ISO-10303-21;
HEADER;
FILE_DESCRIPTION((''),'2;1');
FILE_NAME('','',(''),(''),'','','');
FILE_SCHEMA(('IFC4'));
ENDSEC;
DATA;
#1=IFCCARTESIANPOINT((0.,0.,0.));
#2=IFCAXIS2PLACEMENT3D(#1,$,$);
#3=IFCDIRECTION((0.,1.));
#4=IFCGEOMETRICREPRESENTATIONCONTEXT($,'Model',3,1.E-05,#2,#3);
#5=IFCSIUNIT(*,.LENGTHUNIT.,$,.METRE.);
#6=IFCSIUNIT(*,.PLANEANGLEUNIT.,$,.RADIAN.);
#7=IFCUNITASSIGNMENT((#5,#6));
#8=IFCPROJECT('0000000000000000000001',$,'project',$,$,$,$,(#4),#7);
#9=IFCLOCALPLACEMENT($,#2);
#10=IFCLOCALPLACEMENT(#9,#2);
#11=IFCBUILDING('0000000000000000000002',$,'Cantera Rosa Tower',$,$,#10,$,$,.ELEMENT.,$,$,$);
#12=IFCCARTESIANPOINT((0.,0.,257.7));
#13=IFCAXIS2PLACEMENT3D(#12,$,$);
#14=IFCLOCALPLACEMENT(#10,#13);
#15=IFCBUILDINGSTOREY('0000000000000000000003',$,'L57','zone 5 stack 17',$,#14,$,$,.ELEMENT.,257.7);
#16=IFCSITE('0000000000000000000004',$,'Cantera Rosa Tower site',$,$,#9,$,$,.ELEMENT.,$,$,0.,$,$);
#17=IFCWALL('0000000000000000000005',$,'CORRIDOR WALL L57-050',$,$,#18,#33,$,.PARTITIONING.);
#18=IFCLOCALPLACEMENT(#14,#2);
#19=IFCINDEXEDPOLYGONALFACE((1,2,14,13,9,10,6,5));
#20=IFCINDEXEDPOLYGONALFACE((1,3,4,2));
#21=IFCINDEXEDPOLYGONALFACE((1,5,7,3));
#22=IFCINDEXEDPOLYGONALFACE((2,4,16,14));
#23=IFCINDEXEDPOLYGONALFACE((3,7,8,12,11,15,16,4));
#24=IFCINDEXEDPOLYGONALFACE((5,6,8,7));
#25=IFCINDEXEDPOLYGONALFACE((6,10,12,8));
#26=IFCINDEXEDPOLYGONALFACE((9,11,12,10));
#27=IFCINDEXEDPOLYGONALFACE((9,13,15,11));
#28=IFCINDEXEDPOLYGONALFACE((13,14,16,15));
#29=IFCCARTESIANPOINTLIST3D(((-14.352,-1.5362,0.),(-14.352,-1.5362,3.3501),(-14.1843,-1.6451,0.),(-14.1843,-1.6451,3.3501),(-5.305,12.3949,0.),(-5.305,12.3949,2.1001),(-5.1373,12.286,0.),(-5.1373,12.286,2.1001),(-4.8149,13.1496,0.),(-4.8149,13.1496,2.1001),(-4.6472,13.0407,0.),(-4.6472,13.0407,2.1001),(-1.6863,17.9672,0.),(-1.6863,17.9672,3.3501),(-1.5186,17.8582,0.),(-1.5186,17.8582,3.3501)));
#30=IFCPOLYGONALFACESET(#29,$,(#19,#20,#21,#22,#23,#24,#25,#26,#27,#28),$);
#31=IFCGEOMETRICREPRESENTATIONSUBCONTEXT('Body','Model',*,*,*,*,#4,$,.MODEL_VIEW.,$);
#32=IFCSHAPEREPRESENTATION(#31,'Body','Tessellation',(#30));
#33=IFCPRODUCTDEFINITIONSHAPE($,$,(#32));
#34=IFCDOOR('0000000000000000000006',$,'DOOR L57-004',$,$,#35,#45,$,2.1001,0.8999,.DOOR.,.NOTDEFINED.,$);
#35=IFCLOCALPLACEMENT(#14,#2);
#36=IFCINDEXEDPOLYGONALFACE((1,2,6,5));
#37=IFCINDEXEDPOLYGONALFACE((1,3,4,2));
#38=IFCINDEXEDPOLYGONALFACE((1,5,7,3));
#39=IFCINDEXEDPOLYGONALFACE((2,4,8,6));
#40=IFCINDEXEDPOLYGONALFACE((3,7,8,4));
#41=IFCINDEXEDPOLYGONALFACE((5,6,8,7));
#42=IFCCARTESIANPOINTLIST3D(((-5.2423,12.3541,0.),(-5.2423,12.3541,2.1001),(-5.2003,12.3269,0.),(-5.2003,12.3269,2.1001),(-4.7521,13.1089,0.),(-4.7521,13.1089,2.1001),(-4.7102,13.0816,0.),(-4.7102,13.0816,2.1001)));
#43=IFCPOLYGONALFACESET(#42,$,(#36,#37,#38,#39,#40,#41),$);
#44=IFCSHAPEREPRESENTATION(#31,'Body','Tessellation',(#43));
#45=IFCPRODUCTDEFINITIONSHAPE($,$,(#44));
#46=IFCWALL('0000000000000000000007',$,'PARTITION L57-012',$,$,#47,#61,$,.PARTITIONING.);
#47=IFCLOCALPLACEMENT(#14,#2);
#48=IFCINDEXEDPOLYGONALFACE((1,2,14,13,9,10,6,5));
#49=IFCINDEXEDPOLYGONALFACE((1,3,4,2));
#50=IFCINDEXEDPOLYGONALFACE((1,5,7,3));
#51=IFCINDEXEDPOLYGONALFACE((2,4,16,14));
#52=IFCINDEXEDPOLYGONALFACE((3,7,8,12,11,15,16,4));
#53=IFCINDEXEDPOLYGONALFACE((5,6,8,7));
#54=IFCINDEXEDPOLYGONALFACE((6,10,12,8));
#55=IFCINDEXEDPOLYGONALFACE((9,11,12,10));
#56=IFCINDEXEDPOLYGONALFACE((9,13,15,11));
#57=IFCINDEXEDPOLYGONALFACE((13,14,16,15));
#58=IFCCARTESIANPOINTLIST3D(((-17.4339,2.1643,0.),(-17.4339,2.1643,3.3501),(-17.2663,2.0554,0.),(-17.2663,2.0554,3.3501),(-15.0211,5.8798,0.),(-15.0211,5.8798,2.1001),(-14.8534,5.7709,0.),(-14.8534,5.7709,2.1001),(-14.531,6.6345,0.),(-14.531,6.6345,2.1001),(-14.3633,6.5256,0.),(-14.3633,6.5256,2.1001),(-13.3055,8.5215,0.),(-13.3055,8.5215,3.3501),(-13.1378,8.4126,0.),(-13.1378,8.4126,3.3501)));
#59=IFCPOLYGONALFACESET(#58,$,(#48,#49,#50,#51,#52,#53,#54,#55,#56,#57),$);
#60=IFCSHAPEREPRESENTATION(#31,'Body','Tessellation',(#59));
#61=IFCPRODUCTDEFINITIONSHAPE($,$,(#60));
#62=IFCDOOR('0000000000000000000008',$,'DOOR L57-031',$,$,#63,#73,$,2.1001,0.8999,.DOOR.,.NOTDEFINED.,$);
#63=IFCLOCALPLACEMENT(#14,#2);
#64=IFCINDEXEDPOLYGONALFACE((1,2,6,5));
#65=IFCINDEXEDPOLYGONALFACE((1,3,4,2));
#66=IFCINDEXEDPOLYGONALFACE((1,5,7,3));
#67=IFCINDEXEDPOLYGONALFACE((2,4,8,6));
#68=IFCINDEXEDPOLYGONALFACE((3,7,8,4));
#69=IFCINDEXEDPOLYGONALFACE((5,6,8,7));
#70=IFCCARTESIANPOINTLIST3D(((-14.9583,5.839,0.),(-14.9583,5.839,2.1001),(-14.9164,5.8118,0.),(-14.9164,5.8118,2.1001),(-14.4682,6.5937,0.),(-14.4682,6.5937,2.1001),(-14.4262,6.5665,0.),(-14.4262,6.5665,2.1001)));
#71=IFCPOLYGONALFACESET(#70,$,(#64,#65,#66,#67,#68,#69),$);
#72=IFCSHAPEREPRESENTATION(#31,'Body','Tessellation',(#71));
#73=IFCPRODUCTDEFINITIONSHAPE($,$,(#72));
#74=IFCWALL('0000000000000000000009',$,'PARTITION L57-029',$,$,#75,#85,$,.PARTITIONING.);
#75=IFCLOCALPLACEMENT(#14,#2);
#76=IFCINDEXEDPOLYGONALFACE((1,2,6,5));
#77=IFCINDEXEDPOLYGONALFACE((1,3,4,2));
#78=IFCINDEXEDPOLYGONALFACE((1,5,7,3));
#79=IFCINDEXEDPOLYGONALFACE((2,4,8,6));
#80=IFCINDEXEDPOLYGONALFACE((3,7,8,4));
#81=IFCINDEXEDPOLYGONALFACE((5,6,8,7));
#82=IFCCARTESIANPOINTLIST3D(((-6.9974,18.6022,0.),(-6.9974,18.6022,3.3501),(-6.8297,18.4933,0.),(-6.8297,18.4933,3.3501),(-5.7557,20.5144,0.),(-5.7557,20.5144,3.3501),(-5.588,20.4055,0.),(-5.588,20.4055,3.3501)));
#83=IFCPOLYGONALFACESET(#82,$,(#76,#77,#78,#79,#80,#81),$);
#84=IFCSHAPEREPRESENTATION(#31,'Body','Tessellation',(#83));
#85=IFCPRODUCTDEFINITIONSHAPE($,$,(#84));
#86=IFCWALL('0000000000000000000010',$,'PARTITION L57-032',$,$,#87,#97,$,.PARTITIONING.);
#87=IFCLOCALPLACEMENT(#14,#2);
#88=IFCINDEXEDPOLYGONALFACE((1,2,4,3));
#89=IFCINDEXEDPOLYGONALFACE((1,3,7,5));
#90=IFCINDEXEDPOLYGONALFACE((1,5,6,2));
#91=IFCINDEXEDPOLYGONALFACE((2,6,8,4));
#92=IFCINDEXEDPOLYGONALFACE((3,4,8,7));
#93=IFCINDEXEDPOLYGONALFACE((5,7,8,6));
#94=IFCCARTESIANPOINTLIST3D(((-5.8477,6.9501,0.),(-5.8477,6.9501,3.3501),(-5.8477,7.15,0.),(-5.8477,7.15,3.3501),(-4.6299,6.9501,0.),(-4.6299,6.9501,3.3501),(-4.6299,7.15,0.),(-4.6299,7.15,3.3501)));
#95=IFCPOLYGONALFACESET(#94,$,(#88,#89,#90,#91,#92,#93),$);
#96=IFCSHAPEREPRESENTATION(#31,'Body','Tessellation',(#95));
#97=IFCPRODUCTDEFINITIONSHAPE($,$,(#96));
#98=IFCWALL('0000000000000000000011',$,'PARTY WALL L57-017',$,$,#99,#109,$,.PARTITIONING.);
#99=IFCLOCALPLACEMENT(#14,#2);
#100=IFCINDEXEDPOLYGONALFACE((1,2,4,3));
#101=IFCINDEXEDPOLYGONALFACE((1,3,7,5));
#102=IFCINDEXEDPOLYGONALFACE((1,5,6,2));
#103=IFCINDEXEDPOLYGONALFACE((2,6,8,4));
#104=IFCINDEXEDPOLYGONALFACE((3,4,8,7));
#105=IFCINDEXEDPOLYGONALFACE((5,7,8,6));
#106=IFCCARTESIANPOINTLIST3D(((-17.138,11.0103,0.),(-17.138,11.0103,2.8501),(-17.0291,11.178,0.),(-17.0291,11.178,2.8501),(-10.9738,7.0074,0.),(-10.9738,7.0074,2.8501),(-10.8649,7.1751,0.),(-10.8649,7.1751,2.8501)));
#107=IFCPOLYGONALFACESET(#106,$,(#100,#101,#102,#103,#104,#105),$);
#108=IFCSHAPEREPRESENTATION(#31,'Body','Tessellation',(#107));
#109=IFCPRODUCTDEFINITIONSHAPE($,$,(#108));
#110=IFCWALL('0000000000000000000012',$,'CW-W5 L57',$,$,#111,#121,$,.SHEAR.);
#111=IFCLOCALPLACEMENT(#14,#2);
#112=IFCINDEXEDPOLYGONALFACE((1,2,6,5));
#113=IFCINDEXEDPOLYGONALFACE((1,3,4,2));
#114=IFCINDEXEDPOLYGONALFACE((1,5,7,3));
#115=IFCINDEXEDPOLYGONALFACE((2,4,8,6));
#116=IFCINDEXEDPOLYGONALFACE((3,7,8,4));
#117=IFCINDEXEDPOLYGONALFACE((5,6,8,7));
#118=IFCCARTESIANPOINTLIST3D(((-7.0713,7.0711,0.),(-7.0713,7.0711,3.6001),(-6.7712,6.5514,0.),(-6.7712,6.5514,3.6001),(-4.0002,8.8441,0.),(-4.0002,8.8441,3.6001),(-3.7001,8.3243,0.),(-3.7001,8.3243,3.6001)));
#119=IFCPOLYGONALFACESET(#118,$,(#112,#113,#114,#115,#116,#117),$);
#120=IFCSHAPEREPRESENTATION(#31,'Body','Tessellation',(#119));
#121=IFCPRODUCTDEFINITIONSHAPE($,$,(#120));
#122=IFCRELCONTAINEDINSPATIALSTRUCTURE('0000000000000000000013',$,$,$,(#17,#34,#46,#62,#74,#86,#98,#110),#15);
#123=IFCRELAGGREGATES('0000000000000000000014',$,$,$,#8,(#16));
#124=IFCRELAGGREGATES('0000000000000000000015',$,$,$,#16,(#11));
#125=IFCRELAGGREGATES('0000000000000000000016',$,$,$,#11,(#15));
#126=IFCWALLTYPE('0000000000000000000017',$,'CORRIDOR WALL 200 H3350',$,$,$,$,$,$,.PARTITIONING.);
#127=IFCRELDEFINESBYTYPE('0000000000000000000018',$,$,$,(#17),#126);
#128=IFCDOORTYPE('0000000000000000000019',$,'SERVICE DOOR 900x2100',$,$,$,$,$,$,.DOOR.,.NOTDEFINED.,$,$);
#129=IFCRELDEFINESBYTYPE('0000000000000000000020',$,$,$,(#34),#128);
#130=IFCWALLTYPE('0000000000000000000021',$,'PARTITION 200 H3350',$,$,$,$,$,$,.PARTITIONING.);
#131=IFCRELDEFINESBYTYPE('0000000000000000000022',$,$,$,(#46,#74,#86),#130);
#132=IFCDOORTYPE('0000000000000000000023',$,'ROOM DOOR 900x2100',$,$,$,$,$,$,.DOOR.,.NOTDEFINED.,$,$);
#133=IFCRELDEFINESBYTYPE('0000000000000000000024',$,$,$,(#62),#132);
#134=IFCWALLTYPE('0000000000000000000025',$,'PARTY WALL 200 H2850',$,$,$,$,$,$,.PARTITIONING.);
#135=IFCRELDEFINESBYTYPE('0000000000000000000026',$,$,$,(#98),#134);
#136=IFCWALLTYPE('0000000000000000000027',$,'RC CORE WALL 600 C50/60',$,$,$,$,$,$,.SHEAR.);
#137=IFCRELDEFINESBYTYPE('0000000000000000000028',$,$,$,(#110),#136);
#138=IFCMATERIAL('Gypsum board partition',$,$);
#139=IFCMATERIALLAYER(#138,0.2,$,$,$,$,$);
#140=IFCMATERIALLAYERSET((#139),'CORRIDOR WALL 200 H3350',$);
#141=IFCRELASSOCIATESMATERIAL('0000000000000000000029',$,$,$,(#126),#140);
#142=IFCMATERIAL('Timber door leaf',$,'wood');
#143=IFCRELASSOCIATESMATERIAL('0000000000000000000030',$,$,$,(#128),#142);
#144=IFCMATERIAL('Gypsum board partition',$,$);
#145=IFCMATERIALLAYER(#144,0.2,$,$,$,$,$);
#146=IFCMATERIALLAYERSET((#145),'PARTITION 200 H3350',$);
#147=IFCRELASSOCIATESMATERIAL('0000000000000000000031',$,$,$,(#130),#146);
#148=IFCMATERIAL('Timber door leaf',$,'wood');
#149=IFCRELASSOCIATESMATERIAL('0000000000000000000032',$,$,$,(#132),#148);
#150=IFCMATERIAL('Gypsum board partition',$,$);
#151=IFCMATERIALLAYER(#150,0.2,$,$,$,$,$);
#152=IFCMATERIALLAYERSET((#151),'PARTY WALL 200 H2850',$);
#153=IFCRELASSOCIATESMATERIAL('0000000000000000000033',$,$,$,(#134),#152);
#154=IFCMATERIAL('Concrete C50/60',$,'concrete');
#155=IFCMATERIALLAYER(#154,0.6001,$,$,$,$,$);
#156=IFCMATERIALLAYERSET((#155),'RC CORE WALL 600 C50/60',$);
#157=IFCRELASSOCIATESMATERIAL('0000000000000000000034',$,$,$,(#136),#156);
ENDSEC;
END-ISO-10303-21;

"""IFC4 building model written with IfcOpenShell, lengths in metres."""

from ifc_helpers import new_model, si_unit, direction, frame, frame_2d, origin, place, context, subcontext, project, spatial, rectangle, extrude, material, layer, layer_set, type_object, element, fill, save


model = new_model("IFC4")

# Units and contexts
model_context = context("Model", 3, precision=1e-05, world=origin(), true_north=direction((0.0, 1.0)))
body_context = subcontext(model_context, "Body", "Model", "MODEL_VIEW")
ifc_project = project(units=[si_unit("LENGTHUNIT", "METRE"), si_unit("PLANEANGLEUNIT", "RADIAN")], contexts=[model_context])

# Site, building, storey
site_placement = place(None, origin())
site = spatial("IfcSite", under=ifc_project, at=site_placement, Name="Cantera Rosa Tower site", CompositionType="ELEMENT", RefElevation=0.0)
building_placement = place(site_placement, origin())
building = spatial("IfcBuilding", under=site, at=building_placement, Name="Cantera Rosa Tower", CompositionType="ELEMENT")
storey_placement = place(building_placement, frame((0.0, 0.0, 257.7)))
storey = spatial("IfcBuildingStorey", under=building, at=storey_placement, Name="L57", Description="zone 5 stack 17", CompositionType="ELEMENT", Elevation=257.7)

# Shared definitions
ifc_material_1 = material(Name="Gypsum board partition")
ifc_layer_1 = layer(ifc_material_1, 0.2)
ifc_layer_set_1 = layer_set([ifc_layer_1], Name="CORRIDOR WALL 200 H3350")
wall_type_1 = type_object("IfcWallType", Name="CORRIDOR WALL 200 H3350", PredefinedType="PARTITIONING", material=ifc_layer_set_1)

# Walls, openings, doors
wall_1_placement = place(storey_placement, frame((-1.6025, 17.9126, 0.0), z_axis=(0.0, 0.0, 1.0), x_axis=(-0.544642, -0.838669, 0.0)))
wall_1 = element("IfcWall", 1, at=wall_1_placement, inside=storey, type_object=wall_type_1, Name="CORRIDOR WALL L57-050", PredefinedType="PARTITIONING", context=body_context, shape_type="SweptSolid", body=[
    extrude(rectangle(XDim=23.2551, YDim=0.2, at=frame_2d((11.6274, 0.0))), origin(), (0.0, 0.0, 1.0), 3.3501),
])
opening_1_placement = place(wall_1_placement, frame((5.7441, 0.0, 0.0)))
opening_1 = element("IfcOpeningElement", 2, at=opening_1_placement, cuts=wall_1, PredefinedType="OPENING", context=body_context, shape_type="SweptSolid", body=[
    extrude(rectangle(XDim=0.8999, YDim=2.1001, at=frame_2d((0.45, 1.05))), frame((0.0, 0.1099, 0.0), z_axis=(0.0, -1.0, 0.0), x_axis=(1.0, 0.0, 0.0)), (0.0, 0.0, 1.0), 0.22),
])
ifc_material_2 = material(Name="Timber door leaf", Category="wood")
door_type_1 = type_object("IfcDoorType", Name="SERVICE DOOR 900x2100", OperationType="NOTDEFINED", PredefinedType="DOOR", material=ifc_material_2)
door_1_placement = place(opening_1_placement, origin())
door_1 = element("IfcDoor", 3, at=door_1_placement, inside=storey, type_object=door_type_1, Name="DOOR L57-004", OperationType="NOTDEFINED", OverallHeight=2.1001, OverallWidth=0.8999, PredefinedType="DOOR", context=body_context, shape_type="SweptSolid", body=[
    extrude(rectangle(XDim=0.8999, YDim=2.1001, at=frame_2d((0.45, 1.05))), frame((0.0, 0.0249, 0.0), z_axis=(0.0, -1.0, 0.0), x_axis=(1.0, 0.0, 0.0)), (0.0, 0.0, 1.0), 0.05),
])
fill(opening_1, door_1)
ifc_material_3 = material(Name="Gypsum board partition")
ifc_layer_2 = layer(ifc_material_3, 0.2)
ifc_layer_set_2 = layer_set([ifc_layer_2], Name="PARTITION 200 H3350")
wall_type_2 = type_object("IfcWallType", Name="PARTITION 200 H3350", PredefinedType="PARTITIONING", material=ifc_layer_set_2)
wall_2_placement = place(storey_placement, frame((-13.2217, 8.467, 0.0), z_axis=(0.0, 0.0, 1.0), x_axis=(-0.544641, -0.838669, 0.0)))
wall_2 = element("IfcWall", 4, at=wall_2_placement, inside=storey, type_object=wall_type_2, Name="PARTITION L57-012", PredefinedType="PARTITIONING", context=body_context, shape_type="SweptSolid", body=[
    extrude(rectangle(XDim=7.5801, YDim=0.2, at=frame_2d((3.79, 0.0))), origin(), (0.0, 0.0, 1.0), 3.3501),
])
opening_2_placement = place(wall_2_placement, frame((2.25, 0.0, 0.0)))
opening_2 = element("IfcOpeningElement", 5, at=opening_2_placement, cuts=wall_2, PredefinedType="OPENING", context=body_context, shape_type="SweptSolid", body=[
    extrude(rectangle(XDim=0.8999, YDim=2.1001, at=frame_2d((0.45, 1.05))), frame((0.0, 0.1099, 0.0), z_axis=(0.0, -1.0, 0.0), x_axis=(1.0, 0.0, 0.0)), (0.0, 0.0, 1.0), 0.22),
])
ifc_material_4 = material(Name="Timber door leaf", Category="wood")
door_type_2 = type_object("IfcDoorType", Name="ROOM DOOR 900x2100", OperationType="NOTDEFINED", PredefinedType="DOOR", material=ifc_material_4)
door_2_placement = place(opening_2_placement, origin())
door_2 = element("IfcDoor", 6, at=door_2_placement, inside=storey, type_object=door_type_2, Name="DOOR L57-031", OperationType="NOTDEFINED", OverallHeight=2.1001, OverallWidth=0.8999, PredefinedType="DOOR", context=body_context, shape_type="SweptSolid", body=[
    extrude(rectangle(XDim=0.8999, YDim=2.1001, at=frame_2d((0.45, 1.05))), frame((0.0, 0.0249, 0.0), z_axis=(0.0, -1.0, 0.0), x_axis=(1.0, 0.0, 0.0)), (0.0, 0.0, 1.0), 0.05),
])
fill(opening_2, door_2)

# Walls
wall_3_placement = place(storey_placement, frame((-6.9136, 18.5476, 0.0), z_axis=(0.0, 0.0, 1.0), x_axis=(0.544578, 0.83871, 0.0)))
element("IfcWall", 7, at=wall_3_placement, inside=storey, type_object=wall_type_2, Name="PARTITION L57-029", PredefinedType="PARTITIONING", context=body_context, shape_type="SweptSolid", body=[
    extrude(rectangle(XDim=2.28, YDim=0.2, at=frame_2d((1.1401, 0.0))), origin(), (0.0, 0.0, 1.0), 3.3501),
])
wall_4_placement = place(storey_placement, frame((-5.8477, 7.05, 0.0), z_axis=(0.0, 0.0, 1.0), x_axis=(1.0, 0.0, 0.0)))
element("IfcWall", 8, at=wall_4_placement, inside=storey, type_object=wall_type_2, Name="PARTITION L57-032", PredefinedType="PARTITIONING", context=body_context, shape_type="SweptSolid", body=[
    extrude(rectangle(XDim=1.2178, YDim=0.2, at=frame_2d((0.6089, 0.0))), origin(), (0.0, 0.0, 1.0), 3.3501),
])
ifc_material_5 = material(Name="Gypsum board partition")
ifc_layer_3 = layer(ifc_material_5, 0.2)
ifc_layer_set_3 = layer_set([ifc_layer_3], Name="PARTY WALL 200 H2850")
wall_type_3 = type_object("IfcWallType", Name="PARTY WALL 200 H2850", PredefinedType="PARTITIONING", material=ifc_layer_set_3)
wall_5_placement = place(storey_placement, frame((-10.9194, 7.0913, 0.0), z_axis=(0.0, 0.0, 1.0), x_axis=(-0.838684, 0.544618, 0.0)))
element("IfcWall", 9, at=wall_5_placement, inside=storey, type_object=wall_type_3, Name="PARTY WALL L57-017", PredefinedType="PARTITIONING", context=body_context, shape_type="SweptSolid", body=[
    extrude(rectangle(XDim=7.3499, YDim=0.2, at=frame_2d((3.6748, 0.0))), origin(), (0.0, 0.0, 1.0), 2.8501),
])
ifc_material_6 = material(Name="Concrete C50/60", Category="concrete")
ifc_layer_4 = layer(ifc_material_6, 0.6001)
ifc_layer_set_4 = layer_set([ifc_layer_4], Name="RC CORE WALL 600 C50/60")
wall_type_4 = type_object("IfcWallType", Name="RC CORE WALL 600 C50/60", PredefinedType="SHEAR", material=ifc_layer_set_4)
wall_6_placement = place(storey_placement, frame((-6.9211, 6.8113, 0.0), z_axis=(0.0, 0.0, 1.0), x_axis=(0.86604, 0.499975, 0.0)))
element("IfcWall", 10, at=wall_6_placement, inside=storey, type_object=wall_type_4, Name="CW-W5 L57", PredefinedType="SHEAR", context=body_context, shape_type="SweptSolid", body=[
    extrude(rectangle(XDim=3.5461, YDim=0.6001, at=frame_2d((1.7729, 0.0))), origin(), (0.0, 0.0, 1.0), 3.6001),
])

save(model, "model.ifc")
